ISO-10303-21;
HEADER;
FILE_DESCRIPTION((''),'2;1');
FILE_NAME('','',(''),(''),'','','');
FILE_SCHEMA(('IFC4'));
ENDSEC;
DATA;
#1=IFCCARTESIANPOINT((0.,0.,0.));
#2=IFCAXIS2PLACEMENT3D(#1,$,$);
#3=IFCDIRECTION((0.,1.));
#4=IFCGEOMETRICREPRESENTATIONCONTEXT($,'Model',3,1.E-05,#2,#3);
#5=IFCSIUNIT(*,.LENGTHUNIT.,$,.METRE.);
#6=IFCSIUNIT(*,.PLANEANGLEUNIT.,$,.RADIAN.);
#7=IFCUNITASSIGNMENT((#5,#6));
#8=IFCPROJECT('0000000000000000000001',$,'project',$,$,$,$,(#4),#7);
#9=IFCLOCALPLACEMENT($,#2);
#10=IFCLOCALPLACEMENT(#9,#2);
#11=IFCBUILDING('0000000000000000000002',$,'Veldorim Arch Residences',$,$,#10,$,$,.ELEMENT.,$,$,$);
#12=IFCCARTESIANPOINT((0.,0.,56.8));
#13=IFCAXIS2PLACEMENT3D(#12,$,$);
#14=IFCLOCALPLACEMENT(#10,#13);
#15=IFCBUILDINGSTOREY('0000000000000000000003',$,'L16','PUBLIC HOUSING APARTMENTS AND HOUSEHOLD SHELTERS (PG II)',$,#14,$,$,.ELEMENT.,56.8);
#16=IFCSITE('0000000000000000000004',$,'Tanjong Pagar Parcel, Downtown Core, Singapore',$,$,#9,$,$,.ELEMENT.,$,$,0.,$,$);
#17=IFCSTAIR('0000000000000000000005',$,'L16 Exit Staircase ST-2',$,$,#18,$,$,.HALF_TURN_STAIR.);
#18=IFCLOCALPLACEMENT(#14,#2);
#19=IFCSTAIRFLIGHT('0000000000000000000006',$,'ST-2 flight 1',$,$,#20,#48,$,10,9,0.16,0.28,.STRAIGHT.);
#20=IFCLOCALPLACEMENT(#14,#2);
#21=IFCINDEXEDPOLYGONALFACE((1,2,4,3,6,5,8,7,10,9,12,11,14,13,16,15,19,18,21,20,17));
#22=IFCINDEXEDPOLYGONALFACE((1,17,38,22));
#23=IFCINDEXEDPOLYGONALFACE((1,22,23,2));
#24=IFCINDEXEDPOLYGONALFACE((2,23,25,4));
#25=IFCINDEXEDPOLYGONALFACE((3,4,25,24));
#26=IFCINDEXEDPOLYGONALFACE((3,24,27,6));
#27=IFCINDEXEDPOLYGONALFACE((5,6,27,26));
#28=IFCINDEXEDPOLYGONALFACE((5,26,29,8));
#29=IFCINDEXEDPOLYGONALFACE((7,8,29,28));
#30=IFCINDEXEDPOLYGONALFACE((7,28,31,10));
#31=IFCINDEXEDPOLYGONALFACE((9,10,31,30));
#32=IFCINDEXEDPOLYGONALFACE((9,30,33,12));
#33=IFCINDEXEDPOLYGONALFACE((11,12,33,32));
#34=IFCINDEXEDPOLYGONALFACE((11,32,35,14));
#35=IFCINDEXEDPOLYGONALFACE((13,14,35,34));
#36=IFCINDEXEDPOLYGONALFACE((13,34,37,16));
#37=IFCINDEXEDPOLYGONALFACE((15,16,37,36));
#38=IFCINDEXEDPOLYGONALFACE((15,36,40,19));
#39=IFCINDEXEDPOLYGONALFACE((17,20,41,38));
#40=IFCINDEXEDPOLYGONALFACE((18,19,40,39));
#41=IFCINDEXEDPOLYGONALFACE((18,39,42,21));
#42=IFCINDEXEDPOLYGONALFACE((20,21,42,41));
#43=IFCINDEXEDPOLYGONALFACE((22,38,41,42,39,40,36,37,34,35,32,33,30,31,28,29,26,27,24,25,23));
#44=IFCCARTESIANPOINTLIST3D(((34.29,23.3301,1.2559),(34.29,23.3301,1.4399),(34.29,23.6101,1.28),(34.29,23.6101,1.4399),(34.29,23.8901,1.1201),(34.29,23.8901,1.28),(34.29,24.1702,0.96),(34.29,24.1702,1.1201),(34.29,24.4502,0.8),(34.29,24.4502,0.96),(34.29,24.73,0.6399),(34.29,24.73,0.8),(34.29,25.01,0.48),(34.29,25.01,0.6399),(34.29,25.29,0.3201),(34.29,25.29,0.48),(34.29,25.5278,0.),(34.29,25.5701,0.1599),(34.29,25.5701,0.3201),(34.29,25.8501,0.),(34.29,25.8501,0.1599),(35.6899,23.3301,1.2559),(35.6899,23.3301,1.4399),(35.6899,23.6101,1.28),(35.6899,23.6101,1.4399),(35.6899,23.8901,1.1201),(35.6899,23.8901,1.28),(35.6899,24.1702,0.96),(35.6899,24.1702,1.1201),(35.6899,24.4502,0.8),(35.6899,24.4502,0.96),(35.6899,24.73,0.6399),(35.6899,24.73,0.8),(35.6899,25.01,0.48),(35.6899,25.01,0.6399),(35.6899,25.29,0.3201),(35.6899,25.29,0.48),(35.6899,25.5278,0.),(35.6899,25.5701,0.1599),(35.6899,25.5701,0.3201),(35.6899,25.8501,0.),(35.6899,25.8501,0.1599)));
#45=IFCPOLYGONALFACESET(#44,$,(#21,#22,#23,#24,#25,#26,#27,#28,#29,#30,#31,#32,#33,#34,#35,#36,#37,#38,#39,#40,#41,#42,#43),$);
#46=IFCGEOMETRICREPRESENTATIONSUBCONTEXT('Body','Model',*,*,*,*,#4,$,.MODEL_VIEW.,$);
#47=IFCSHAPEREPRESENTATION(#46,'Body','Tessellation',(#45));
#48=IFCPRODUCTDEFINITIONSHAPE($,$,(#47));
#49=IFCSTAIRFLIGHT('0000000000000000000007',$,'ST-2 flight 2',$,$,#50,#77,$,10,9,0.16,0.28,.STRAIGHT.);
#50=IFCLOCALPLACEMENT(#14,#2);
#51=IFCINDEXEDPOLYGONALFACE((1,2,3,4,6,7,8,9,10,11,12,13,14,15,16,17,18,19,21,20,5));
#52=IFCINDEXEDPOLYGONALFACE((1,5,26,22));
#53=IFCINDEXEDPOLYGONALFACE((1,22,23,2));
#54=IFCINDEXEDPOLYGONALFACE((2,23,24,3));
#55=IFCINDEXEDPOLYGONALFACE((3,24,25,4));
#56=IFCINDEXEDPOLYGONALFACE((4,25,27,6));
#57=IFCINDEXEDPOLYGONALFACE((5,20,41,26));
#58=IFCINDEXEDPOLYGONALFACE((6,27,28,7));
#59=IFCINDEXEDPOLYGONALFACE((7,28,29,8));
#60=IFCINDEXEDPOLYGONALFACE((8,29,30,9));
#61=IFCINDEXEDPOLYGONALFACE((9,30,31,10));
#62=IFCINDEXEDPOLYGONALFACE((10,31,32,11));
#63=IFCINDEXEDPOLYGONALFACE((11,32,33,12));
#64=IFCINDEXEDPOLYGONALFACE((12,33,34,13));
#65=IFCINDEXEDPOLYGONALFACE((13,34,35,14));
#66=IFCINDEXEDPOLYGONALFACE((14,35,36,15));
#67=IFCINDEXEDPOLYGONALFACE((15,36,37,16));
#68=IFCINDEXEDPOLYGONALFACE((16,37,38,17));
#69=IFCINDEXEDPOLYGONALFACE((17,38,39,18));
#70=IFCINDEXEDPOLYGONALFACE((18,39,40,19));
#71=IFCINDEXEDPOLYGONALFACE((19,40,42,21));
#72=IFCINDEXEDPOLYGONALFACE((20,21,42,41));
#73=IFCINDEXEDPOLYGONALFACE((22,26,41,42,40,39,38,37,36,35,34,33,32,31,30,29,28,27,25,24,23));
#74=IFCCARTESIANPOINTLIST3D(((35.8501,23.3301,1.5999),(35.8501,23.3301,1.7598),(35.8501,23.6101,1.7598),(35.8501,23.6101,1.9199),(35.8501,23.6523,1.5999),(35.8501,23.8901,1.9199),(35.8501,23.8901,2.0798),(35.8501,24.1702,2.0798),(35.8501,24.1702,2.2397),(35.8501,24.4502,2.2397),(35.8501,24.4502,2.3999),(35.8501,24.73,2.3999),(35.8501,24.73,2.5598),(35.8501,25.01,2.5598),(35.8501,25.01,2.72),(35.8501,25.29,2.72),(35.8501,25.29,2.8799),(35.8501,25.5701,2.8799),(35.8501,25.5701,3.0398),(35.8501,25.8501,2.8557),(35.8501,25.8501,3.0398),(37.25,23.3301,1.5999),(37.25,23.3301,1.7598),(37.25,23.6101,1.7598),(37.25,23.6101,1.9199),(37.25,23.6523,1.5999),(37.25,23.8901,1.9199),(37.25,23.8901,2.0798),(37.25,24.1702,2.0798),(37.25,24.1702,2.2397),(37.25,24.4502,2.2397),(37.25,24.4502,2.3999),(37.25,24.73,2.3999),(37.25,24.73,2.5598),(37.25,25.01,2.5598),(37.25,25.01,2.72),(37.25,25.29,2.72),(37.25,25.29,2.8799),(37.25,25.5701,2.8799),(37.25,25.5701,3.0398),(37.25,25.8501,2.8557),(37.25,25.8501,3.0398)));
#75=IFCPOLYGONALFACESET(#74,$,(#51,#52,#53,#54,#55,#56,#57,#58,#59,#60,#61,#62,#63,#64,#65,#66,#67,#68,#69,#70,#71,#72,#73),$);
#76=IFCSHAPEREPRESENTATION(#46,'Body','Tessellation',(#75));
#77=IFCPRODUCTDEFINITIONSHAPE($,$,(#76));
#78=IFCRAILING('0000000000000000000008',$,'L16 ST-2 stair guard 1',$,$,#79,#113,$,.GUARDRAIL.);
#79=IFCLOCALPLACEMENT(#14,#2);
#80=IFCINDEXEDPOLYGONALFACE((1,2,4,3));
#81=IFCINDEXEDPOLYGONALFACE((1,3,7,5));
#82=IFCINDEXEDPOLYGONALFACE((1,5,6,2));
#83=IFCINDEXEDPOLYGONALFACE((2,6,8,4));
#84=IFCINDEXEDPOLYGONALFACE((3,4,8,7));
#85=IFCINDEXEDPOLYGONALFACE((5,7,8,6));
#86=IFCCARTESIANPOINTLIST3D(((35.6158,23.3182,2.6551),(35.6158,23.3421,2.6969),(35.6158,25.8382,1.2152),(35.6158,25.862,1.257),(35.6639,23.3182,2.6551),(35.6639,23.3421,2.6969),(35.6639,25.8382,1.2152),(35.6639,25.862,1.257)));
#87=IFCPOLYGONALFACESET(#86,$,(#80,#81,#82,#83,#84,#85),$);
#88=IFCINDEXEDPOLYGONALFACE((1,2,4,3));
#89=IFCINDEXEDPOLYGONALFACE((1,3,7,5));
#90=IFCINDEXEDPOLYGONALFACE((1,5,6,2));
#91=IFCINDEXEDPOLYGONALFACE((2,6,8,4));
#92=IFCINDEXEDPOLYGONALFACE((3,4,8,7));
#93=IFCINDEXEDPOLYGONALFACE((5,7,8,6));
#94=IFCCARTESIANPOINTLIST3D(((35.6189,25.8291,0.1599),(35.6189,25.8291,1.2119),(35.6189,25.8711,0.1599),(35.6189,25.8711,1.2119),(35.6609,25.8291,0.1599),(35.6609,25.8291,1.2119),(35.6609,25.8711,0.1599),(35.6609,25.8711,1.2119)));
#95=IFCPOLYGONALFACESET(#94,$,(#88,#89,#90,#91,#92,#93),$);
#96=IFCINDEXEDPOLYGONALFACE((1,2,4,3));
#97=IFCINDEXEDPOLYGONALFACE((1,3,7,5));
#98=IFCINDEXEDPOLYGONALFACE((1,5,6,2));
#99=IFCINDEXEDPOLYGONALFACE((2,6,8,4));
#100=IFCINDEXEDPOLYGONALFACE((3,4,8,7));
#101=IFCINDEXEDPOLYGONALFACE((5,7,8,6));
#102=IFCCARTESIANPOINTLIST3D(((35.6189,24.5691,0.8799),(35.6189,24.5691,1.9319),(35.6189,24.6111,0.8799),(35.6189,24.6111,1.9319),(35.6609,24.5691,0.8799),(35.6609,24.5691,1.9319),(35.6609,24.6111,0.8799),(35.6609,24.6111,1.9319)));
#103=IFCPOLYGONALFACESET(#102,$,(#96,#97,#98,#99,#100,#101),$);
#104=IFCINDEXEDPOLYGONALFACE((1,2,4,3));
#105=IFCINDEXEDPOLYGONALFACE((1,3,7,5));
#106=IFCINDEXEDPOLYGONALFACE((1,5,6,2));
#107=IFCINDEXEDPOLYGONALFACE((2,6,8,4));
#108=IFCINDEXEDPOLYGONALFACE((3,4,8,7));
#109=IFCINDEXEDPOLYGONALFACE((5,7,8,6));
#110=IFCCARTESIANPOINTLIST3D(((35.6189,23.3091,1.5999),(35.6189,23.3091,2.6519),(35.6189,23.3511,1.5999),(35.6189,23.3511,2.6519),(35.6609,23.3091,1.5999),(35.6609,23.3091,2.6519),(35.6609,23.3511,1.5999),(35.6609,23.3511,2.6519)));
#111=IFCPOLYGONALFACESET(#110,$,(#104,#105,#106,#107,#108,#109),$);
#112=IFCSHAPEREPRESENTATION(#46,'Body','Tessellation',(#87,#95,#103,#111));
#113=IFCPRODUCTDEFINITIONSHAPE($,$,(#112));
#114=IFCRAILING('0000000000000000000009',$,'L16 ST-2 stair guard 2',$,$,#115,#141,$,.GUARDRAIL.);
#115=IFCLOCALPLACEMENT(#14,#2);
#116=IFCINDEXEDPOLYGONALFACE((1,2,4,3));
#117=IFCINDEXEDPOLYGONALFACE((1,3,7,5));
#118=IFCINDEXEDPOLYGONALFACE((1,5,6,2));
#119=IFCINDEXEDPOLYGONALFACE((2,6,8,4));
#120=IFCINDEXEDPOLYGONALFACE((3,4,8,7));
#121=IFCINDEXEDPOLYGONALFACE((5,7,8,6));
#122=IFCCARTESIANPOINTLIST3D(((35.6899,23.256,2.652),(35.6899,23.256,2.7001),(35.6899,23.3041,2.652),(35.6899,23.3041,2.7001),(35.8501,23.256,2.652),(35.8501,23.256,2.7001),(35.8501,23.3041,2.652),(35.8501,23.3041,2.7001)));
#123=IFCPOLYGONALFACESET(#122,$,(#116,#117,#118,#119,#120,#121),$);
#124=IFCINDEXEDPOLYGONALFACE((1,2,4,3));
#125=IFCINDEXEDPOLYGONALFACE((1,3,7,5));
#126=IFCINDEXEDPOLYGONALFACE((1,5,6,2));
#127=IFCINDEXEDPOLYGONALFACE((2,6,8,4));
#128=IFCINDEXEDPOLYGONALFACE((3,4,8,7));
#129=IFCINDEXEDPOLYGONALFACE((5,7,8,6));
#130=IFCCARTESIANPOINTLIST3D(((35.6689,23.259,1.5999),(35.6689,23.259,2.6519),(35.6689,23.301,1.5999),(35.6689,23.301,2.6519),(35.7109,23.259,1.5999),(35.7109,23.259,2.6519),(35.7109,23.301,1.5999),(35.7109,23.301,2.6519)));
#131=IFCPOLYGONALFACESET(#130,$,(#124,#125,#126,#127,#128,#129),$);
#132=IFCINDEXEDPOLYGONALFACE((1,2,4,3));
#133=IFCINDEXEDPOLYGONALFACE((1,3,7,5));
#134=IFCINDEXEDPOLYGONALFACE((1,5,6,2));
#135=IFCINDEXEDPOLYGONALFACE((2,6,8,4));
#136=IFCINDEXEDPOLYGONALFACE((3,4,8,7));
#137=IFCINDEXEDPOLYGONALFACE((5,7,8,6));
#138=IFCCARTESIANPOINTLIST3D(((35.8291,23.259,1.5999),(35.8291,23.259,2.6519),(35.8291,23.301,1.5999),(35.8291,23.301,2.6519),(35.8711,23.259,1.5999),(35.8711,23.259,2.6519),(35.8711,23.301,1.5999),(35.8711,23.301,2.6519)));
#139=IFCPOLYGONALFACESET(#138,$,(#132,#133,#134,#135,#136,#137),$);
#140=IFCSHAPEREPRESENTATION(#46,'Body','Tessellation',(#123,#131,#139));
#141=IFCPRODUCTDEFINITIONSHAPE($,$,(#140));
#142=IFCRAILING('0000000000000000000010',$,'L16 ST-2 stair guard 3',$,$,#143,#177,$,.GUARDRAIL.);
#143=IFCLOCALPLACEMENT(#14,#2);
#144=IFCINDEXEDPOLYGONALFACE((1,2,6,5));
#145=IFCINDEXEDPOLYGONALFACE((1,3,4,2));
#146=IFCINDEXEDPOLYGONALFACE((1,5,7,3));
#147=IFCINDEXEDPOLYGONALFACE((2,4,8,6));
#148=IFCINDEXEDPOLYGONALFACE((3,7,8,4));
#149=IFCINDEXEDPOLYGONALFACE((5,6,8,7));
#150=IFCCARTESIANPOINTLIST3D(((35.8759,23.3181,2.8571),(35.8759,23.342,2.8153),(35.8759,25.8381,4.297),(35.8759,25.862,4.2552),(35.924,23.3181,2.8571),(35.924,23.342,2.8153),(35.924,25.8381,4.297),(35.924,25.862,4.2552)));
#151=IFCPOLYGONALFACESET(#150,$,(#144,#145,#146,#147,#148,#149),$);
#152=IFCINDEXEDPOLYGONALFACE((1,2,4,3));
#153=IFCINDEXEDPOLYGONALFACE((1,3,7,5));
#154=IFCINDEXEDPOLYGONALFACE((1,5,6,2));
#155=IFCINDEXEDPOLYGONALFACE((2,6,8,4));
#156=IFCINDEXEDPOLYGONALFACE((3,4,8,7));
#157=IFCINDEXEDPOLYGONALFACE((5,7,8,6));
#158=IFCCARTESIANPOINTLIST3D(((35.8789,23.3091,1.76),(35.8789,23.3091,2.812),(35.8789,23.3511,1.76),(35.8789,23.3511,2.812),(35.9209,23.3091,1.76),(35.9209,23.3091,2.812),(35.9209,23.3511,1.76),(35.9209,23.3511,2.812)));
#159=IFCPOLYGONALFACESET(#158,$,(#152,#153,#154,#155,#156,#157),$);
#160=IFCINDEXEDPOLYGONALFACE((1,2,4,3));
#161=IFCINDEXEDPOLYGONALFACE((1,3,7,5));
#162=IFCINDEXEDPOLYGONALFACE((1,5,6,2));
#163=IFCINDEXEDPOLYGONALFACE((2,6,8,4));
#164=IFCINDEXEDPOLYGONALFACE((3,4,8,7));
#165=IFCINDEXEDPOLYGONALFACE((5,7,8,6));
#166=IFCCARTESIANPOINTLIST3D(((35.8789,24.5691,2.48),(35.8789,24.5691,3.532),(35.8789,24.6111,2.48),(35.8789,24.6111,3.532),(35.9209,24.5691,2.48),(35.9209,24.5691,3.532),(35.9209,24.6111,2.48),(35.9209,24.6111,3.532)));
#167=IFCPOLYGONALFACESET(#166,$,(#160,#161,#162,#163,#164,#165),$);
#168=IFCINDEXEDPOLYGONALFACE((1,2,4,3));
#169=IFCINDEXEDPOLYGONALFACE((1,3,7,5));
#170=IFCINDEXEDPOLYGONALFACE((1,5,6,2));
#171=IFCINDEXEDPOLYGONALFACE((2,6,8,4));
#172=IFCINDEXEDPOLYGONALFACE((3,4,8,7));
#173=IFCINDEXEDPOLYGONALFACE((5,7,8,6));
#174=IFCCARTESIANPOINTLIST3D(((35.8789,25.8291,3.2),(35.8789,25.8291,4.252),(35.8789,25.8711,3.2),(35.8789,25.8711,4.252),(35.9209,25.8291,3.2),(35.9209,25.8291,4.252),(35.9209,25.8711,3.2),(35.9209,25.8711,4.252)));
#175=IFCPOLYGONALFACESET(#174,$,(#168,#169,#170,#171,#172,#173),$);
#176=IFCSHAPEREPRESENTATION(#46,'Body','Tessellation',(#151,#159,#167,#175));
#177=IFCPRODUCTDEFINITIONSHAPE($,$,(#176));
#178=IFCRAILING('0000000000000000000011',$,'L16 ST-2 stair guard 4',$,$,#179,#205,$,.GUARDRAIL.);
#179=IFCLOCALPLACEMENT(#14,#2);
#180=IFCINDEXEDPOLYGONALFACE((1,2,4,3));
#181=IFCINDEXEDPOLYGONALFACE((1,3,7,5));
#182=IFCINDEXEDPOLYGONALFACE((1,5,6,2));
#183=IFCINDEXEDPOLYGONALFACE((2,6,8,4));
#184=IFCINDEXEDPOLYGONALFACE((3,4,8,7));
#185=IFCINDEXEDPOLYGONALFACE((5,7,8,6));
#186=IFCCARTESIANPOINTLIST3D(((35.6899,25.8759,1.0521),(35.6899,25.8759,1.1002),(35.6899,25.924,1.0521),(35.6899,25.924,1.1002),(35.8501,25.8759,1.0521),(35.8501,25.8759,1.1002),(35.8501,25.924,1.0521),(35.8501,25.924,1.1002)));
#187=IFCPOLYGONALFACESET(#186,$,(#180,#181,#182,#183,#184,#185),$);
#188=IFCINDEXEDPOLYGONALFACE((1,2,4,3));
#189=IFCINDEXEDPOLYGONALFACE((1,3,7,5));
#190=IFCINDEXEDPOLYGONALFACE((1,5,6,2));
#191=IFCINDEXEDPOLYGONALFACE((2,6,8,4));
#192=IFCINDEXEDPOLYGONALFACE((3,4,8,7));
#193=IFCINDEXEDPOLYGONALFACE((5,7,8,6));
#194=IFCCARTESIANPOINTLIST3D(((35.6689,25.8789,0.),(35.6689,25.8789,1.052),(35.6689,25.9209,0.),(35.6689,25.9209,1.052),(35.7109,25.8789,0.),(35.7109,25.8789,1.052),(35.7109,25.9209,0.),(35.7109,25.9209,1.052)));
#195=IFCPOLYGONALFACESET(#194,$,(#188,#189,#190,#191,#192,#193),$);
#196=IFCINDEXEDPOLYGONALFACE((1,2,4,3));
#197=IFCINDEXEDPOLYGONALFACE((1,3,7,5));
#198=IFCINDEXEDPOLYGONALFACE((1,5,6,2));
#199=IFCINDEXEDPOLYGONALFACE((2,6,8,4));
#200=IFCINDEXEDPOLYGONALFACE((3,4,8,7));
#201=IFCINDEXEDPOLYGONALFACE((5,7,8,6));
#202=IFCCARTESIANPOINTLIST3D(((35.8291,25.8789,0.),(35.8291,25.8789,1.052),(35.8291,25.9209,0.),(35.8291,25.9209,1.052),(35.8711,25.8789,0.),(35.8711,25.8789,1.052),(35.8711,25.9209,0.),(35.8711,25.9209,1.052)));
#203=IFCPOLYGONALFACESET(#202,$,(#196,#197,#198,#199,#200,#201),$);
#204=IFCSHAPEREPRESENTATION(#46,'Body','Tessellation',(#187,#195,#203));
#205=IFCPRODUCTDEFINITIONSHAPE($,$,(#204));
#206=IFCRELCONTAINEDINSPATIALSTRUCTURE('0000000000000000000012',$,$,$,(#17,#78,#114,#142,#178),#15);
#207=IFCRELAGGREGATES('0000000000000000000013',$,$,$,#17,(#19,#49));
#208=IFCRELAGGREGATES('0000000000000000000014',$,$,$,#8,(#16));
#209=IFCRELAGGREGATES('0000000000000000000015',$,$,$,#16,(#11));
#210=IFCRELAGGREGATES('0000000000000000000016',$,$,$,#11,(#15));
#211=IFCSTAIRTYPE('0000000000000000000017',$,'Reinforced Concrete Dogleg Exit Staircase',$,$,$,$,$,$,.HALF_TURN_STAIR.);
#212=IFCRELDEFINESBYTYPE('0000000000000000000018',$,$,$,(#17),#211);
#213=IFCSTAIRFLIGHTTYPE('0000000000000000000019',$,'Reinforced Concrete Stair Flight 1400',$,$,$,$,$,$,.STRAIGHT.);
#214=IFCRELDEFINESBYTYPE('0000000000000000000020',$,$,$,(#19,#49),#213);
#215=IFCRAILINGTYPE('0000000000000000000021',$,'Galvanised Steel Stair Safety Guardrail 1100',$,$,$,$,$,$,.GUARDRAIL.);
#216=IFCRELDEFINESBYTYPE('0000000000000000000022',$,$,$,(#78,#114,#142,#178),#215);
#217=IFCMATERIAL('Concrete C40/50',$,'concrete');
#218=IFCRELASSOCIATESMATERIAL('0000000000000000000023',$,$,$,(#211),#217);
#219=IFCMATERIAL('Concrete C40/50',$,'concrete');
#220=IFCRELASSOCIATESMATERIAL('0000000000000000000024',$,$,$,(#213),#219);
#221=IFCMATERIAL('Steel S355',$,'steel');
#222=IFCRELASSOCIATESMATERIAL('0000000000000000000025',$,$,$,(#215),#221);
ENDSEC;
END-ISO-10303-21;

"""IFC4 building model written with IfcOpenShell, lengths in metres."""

from ifc_helpers import new_model, si_unit, direction, frame, origin, origin_2d, place, context, subcontext, project, spatial, polyline, rectangle, outline, extrude, material, type_object, element, aggregate, save


model = new_model("IFC4")

# Units and contexts
model_context = context("Model", 3, precision=1e-05, world=origin(), true_north=direction((0.0, 1.0)))
body_context = subcontext(model_context, "Body", "Model", "MODEL_VIEW")
ifc_project = project(units=[si_unit("LENGTHUNIT", "METRE"), si_unit("PLANEANGLEUNIT", "RADIAN")], contexts=[model_context])

# Site, building, storey
site_placement = place(None, origin())
site = spatial("IfcSite", under=ifc_project, at=site_placement, Name="Tanjong Pagar Parcel, Downtown Core, Singapore", CompositionType="ELEMENT", RefElevation=0.0)
building_placement = place(site_placement, origin())
building = spatial("IfcBuilding", under=site, at=building_placement, Name="Veldorim Arch Residences", CompositionType="ELEMENT")
storey_placement = place(building_placement, frame((0.0, 0.0, 56.8)))
storey = spatial("IfcBuildingStorey", under=building, at=storey_placement, Name="L16", Description="PUBLIC HOUSING APARTMENTS AND HOUSEHOLD SHELTERS (PG II)", CompositionType="ELEMENT", Elevation=56.8)

# Stair, stair flights
ifc_material_1 = material(Name="Concrete C40/50", Category="concrete")
stair_type = type_object("IfcStairType", Name="Reinforced Concrete Dogleg Exit Staircase", PredefinedType="HALF_TURN_STAIR", material=ifc_material_1)
stair_placement = place(storey_placement, origin())
stair = element("IfcStair", 1, at=stair_placement, inside=storey, type_object=stair_type, Name="L16 Exit Staircase ST-2", PredefinedType="HALF_TURN_STAIR")
ifc_material_2 = material(Name="Concrete C40/50", Category="concrete")
stair_flight_type = type_object("IfcStairFlightType", Name="Reinforced Concrete Stair Flight 1400", PredefinedType="STRAIGHT", material=ifc_material_2)
stair_flight_1_placement = place(storey_placement, frame((34.99, 25.8501, 0.0), z_axis=(0.0, 0.0, 1.0), x_axis=(0.0, -1.0, 0.0)))
stair_flight_1 = element("IfcStairFlight", 2, at=stair_flight_1_placement, type_object=stair_flight_type, Name="ST-2 flight 1", NumberOfRisers=10, NumberOfTreads=9, PredefinedType="STRAIGHT", RiserHeight=0.16, TreadLength=0.28, context=body_context, shape_type="SweptSolid", body=[
    extrude(outline(polyline([(0.0, 0.0), (0.0, 0.1599), (0.28, 0.1599), (0.28, 0.3201), (0.5601, 0.3201), (0.5601, 0.48), (0.8401, 0.48), (0.8401, 0.6399), (1.1201, 0.6399), (1.1201, 0.8), (1.3999, 0.8), (1.3999, 0.96), (1.6799, 0.96), (1.6799, 1.1201), (1.96, 1.1201), (1.96, 1.28), (2.24, 1.28), (2.24, 1.4399), (2.52, 1.4399), (2.52, 1.6001), (2.52, 1.2559), (0.3223, 0.0), (0.0, 0.0)])), frame((0.0, 0.7, 0.0), z_axis=(0.0, -1.0, 0.0), x_axis=(1.0, 0.0, 0.0)), (0.0, 0.0, 1.0), 1.3999),
])
stair_flight_2_placement = place(storey_placement, frame((36.55, 23.3301, 1.5999), z_axis=(0.0, 0.0, 1.0), x_axis=(0.0, 1.0, 0.0)))
stair_flight_2 = element("IfcStairFlight", 3, at=stair_flight_2_placement, type_object=stair_flight_type, Name="ST-2 flight 2", NumberOfRisers=10, NumberOfTreads=9, PredefinedType="STRAIGHT", RiserHeight=0.16, TreadLength=0.28, context=body_context, shape_type="SweptSolid", body=[
    extrude(outline(polyline([(0.0, 0.0), (0.0, 0.1599), (0.28, 0.1599), (0.28, 0.3201), (0.5601, 0.3201), (0.5601, 0.48), (0.8401, 0.48), (0.8401, 0.6399), (1.1201, 0.6399), (1.1201, 0.8), (1.3999, 0.8), (1.3999, 0.96), (1.6799, 0.96), (1.6799, 1.1201), (1.96, 1.1201), (1.96, 1.28), (2.24, 1.28), (2.24, 1.4399), (2.52, 1.4399), (2.52, 1.6001), (2.52, 1.2559), (0.3223, 0.0), (0.0, 0.0)])), frame((0.0, 0.7, 0.0), z_axis=(0.0, -1.0, 0.0), x_axis=(1.0, 0.0, 0.0)), (0.0, 0.0, 1.0), 1.3999),
])
aggregate(stair, [stair_flight_1, stair_flight_2])

# Railings
ifc_material_3 = material(Name="Steel S355", Category="steel")
railing_type_1 = type_object("IfcRailingType", Name="Galvanised Steel Stair Safety Guardrail 1100", PredefinedType="GUARDRAIL", material=ifc_material_3)
railing_1_placement = place(storey_placement, frame((35.6399, 25.8501, 0.1599)))
element("IfcRailing", 4, at=railing_1_placement, inside=storey, type_object=railing_type_1, Name="L16 ST-2 stair guard 1", PredefinedType="GUARDRAIL", context=body_context, shape_type="SweptSolid", body=[
    extrude(rectangle(XDim=0.0481, YDim=0.0481, at=origin_2d()), frame((0.0, 0.0, 1.0762), z_axis=(0.0, -0.868253, 0.496121), x_axis=(1.0, 0.0, 0.0)), (0.0, 0.0, 1.0), 2.9023),
    extrude(rectangle(XDim=0.042, YDim=0.042, at=origin_2d()), origin(), (0.0, 0.0, 1.0), 1.052),
    extrude(rectangle(XDim=0.042, YDim=0.042, at=origin_2d()), frame((0.0, -1.26, 0.72)), (0.0, 0.0, 1.0), 1.052),
    extrude(rectangle(XDim=0.042, YDim=0.042, at=origin_2d()), frame((0.0, -2.52, 1.4399)), (0.0, 0.0, 1.0), 1.052),
])
railing_2_placement = place(storey_placement, frame((35.6899, 23.28, 1.5999)))
element("IfcRailing", 5, at=railing_2_placement, inside=storey, type_object=railing_type_1, Name="L16 ST-2 stair guard 2", PredefinedType="GUARDRAIL", context=body_context, shape_type="SweptSolid", body=[
    extrude(rectangle(XDim=0.0481, YDim=0.0481, at=origin_2d()), frame((0.0, 0.0, 1.0762), z_axis=(1.0, 0.0, 0.0), x_axis=(0.0, 1.0, 0.0)), (0.0, 0.0, 1.0), 0.1602),
    extrude(rectangle(XDim=0.042, YDim=0.042, at=origin_2d()), origin(), (0.0, 0.0, 1.0), 1.052),
    extrude(rectangle(XDim=0.042, YDim=0.042, at=origin_2d()), frame((0.1602, 0.0, 0.0)), (0.0, 0.0, 1.0), 1.052),
])
railing_3_placement = place(storey_placement, frame((35.8999, 23.3301, 1.76)))
element("IfcRailing", 6, at=railing_3_placement, inside=storey, type_object=railing_type_1, Name="L16 ST-2 stair guard 3", PredefinedType="GUARDRAIL", context=body_context, shape_type="SweptSolid", body=[
    extrude(rectangle(XDim=0.0481, YDim=0.0481, at=origin_2d()), frame((0.0, 0.0, 1.0762), z_axis=(0.0, 0.868253, 0.496121), x_axis=(-1.0, 0.0, 0.0)), (0.0, 0.0, 1.0), 2.9023),
    extrude(rectangle(XDim=0.042, YDim=0.042, at=origin_2d()), origin(), (0.0, 0.0, 1.0), 1.052),
    extrude(rectangle(XDim=0.042, YDim=0.042, at=origin_2d()), frame((0.0, 1.26, 0.72)), (0.0, 0.0, 1.0), 1.052),
    extrude(rectangle(XDim=0.042, YDim=0.042, at=origin_2d()), frame((0.0, 2.52, 1.4399)), (0.0, 0.0, 1.0), 1.052),
])
railing_4_placement = place(storey_placement, frame((35.6899, 25.8999, 0.0)))
element("IfcRailing", 7, at=railing_4_placement, inside=storey, type_object=railing_type_1, Name="L16 ST-2 stair guard 4", PredefinedType="GUARDRAIL", context=body_context, shape_type="SweptSolid", body=[
    extrude(rectangle(XDim=0.0481, YDim=0.0481, at=origin_2d()), frame((0.0, 0.0, 1.0762), z_axis=(1.0, 0.0, 0.0), x_axis=(0.0, 1.0, 0.0)), (0.0, 0.0, 1.0), 0.1602),
    extrude(rectangle(XDim=0.042, YDim=0.042, at=origin_2d()), origin(), (0.0, 0.0, 1.0), 1.052),
    extrude(rectangle(XDim=0.042, YDim=0.042, at=origin_2d()), frame((0.1602, 0.0, 0.0)), (0.0, 0.0, 1.0), 1.052),
])

save(model, "model.ifc")
